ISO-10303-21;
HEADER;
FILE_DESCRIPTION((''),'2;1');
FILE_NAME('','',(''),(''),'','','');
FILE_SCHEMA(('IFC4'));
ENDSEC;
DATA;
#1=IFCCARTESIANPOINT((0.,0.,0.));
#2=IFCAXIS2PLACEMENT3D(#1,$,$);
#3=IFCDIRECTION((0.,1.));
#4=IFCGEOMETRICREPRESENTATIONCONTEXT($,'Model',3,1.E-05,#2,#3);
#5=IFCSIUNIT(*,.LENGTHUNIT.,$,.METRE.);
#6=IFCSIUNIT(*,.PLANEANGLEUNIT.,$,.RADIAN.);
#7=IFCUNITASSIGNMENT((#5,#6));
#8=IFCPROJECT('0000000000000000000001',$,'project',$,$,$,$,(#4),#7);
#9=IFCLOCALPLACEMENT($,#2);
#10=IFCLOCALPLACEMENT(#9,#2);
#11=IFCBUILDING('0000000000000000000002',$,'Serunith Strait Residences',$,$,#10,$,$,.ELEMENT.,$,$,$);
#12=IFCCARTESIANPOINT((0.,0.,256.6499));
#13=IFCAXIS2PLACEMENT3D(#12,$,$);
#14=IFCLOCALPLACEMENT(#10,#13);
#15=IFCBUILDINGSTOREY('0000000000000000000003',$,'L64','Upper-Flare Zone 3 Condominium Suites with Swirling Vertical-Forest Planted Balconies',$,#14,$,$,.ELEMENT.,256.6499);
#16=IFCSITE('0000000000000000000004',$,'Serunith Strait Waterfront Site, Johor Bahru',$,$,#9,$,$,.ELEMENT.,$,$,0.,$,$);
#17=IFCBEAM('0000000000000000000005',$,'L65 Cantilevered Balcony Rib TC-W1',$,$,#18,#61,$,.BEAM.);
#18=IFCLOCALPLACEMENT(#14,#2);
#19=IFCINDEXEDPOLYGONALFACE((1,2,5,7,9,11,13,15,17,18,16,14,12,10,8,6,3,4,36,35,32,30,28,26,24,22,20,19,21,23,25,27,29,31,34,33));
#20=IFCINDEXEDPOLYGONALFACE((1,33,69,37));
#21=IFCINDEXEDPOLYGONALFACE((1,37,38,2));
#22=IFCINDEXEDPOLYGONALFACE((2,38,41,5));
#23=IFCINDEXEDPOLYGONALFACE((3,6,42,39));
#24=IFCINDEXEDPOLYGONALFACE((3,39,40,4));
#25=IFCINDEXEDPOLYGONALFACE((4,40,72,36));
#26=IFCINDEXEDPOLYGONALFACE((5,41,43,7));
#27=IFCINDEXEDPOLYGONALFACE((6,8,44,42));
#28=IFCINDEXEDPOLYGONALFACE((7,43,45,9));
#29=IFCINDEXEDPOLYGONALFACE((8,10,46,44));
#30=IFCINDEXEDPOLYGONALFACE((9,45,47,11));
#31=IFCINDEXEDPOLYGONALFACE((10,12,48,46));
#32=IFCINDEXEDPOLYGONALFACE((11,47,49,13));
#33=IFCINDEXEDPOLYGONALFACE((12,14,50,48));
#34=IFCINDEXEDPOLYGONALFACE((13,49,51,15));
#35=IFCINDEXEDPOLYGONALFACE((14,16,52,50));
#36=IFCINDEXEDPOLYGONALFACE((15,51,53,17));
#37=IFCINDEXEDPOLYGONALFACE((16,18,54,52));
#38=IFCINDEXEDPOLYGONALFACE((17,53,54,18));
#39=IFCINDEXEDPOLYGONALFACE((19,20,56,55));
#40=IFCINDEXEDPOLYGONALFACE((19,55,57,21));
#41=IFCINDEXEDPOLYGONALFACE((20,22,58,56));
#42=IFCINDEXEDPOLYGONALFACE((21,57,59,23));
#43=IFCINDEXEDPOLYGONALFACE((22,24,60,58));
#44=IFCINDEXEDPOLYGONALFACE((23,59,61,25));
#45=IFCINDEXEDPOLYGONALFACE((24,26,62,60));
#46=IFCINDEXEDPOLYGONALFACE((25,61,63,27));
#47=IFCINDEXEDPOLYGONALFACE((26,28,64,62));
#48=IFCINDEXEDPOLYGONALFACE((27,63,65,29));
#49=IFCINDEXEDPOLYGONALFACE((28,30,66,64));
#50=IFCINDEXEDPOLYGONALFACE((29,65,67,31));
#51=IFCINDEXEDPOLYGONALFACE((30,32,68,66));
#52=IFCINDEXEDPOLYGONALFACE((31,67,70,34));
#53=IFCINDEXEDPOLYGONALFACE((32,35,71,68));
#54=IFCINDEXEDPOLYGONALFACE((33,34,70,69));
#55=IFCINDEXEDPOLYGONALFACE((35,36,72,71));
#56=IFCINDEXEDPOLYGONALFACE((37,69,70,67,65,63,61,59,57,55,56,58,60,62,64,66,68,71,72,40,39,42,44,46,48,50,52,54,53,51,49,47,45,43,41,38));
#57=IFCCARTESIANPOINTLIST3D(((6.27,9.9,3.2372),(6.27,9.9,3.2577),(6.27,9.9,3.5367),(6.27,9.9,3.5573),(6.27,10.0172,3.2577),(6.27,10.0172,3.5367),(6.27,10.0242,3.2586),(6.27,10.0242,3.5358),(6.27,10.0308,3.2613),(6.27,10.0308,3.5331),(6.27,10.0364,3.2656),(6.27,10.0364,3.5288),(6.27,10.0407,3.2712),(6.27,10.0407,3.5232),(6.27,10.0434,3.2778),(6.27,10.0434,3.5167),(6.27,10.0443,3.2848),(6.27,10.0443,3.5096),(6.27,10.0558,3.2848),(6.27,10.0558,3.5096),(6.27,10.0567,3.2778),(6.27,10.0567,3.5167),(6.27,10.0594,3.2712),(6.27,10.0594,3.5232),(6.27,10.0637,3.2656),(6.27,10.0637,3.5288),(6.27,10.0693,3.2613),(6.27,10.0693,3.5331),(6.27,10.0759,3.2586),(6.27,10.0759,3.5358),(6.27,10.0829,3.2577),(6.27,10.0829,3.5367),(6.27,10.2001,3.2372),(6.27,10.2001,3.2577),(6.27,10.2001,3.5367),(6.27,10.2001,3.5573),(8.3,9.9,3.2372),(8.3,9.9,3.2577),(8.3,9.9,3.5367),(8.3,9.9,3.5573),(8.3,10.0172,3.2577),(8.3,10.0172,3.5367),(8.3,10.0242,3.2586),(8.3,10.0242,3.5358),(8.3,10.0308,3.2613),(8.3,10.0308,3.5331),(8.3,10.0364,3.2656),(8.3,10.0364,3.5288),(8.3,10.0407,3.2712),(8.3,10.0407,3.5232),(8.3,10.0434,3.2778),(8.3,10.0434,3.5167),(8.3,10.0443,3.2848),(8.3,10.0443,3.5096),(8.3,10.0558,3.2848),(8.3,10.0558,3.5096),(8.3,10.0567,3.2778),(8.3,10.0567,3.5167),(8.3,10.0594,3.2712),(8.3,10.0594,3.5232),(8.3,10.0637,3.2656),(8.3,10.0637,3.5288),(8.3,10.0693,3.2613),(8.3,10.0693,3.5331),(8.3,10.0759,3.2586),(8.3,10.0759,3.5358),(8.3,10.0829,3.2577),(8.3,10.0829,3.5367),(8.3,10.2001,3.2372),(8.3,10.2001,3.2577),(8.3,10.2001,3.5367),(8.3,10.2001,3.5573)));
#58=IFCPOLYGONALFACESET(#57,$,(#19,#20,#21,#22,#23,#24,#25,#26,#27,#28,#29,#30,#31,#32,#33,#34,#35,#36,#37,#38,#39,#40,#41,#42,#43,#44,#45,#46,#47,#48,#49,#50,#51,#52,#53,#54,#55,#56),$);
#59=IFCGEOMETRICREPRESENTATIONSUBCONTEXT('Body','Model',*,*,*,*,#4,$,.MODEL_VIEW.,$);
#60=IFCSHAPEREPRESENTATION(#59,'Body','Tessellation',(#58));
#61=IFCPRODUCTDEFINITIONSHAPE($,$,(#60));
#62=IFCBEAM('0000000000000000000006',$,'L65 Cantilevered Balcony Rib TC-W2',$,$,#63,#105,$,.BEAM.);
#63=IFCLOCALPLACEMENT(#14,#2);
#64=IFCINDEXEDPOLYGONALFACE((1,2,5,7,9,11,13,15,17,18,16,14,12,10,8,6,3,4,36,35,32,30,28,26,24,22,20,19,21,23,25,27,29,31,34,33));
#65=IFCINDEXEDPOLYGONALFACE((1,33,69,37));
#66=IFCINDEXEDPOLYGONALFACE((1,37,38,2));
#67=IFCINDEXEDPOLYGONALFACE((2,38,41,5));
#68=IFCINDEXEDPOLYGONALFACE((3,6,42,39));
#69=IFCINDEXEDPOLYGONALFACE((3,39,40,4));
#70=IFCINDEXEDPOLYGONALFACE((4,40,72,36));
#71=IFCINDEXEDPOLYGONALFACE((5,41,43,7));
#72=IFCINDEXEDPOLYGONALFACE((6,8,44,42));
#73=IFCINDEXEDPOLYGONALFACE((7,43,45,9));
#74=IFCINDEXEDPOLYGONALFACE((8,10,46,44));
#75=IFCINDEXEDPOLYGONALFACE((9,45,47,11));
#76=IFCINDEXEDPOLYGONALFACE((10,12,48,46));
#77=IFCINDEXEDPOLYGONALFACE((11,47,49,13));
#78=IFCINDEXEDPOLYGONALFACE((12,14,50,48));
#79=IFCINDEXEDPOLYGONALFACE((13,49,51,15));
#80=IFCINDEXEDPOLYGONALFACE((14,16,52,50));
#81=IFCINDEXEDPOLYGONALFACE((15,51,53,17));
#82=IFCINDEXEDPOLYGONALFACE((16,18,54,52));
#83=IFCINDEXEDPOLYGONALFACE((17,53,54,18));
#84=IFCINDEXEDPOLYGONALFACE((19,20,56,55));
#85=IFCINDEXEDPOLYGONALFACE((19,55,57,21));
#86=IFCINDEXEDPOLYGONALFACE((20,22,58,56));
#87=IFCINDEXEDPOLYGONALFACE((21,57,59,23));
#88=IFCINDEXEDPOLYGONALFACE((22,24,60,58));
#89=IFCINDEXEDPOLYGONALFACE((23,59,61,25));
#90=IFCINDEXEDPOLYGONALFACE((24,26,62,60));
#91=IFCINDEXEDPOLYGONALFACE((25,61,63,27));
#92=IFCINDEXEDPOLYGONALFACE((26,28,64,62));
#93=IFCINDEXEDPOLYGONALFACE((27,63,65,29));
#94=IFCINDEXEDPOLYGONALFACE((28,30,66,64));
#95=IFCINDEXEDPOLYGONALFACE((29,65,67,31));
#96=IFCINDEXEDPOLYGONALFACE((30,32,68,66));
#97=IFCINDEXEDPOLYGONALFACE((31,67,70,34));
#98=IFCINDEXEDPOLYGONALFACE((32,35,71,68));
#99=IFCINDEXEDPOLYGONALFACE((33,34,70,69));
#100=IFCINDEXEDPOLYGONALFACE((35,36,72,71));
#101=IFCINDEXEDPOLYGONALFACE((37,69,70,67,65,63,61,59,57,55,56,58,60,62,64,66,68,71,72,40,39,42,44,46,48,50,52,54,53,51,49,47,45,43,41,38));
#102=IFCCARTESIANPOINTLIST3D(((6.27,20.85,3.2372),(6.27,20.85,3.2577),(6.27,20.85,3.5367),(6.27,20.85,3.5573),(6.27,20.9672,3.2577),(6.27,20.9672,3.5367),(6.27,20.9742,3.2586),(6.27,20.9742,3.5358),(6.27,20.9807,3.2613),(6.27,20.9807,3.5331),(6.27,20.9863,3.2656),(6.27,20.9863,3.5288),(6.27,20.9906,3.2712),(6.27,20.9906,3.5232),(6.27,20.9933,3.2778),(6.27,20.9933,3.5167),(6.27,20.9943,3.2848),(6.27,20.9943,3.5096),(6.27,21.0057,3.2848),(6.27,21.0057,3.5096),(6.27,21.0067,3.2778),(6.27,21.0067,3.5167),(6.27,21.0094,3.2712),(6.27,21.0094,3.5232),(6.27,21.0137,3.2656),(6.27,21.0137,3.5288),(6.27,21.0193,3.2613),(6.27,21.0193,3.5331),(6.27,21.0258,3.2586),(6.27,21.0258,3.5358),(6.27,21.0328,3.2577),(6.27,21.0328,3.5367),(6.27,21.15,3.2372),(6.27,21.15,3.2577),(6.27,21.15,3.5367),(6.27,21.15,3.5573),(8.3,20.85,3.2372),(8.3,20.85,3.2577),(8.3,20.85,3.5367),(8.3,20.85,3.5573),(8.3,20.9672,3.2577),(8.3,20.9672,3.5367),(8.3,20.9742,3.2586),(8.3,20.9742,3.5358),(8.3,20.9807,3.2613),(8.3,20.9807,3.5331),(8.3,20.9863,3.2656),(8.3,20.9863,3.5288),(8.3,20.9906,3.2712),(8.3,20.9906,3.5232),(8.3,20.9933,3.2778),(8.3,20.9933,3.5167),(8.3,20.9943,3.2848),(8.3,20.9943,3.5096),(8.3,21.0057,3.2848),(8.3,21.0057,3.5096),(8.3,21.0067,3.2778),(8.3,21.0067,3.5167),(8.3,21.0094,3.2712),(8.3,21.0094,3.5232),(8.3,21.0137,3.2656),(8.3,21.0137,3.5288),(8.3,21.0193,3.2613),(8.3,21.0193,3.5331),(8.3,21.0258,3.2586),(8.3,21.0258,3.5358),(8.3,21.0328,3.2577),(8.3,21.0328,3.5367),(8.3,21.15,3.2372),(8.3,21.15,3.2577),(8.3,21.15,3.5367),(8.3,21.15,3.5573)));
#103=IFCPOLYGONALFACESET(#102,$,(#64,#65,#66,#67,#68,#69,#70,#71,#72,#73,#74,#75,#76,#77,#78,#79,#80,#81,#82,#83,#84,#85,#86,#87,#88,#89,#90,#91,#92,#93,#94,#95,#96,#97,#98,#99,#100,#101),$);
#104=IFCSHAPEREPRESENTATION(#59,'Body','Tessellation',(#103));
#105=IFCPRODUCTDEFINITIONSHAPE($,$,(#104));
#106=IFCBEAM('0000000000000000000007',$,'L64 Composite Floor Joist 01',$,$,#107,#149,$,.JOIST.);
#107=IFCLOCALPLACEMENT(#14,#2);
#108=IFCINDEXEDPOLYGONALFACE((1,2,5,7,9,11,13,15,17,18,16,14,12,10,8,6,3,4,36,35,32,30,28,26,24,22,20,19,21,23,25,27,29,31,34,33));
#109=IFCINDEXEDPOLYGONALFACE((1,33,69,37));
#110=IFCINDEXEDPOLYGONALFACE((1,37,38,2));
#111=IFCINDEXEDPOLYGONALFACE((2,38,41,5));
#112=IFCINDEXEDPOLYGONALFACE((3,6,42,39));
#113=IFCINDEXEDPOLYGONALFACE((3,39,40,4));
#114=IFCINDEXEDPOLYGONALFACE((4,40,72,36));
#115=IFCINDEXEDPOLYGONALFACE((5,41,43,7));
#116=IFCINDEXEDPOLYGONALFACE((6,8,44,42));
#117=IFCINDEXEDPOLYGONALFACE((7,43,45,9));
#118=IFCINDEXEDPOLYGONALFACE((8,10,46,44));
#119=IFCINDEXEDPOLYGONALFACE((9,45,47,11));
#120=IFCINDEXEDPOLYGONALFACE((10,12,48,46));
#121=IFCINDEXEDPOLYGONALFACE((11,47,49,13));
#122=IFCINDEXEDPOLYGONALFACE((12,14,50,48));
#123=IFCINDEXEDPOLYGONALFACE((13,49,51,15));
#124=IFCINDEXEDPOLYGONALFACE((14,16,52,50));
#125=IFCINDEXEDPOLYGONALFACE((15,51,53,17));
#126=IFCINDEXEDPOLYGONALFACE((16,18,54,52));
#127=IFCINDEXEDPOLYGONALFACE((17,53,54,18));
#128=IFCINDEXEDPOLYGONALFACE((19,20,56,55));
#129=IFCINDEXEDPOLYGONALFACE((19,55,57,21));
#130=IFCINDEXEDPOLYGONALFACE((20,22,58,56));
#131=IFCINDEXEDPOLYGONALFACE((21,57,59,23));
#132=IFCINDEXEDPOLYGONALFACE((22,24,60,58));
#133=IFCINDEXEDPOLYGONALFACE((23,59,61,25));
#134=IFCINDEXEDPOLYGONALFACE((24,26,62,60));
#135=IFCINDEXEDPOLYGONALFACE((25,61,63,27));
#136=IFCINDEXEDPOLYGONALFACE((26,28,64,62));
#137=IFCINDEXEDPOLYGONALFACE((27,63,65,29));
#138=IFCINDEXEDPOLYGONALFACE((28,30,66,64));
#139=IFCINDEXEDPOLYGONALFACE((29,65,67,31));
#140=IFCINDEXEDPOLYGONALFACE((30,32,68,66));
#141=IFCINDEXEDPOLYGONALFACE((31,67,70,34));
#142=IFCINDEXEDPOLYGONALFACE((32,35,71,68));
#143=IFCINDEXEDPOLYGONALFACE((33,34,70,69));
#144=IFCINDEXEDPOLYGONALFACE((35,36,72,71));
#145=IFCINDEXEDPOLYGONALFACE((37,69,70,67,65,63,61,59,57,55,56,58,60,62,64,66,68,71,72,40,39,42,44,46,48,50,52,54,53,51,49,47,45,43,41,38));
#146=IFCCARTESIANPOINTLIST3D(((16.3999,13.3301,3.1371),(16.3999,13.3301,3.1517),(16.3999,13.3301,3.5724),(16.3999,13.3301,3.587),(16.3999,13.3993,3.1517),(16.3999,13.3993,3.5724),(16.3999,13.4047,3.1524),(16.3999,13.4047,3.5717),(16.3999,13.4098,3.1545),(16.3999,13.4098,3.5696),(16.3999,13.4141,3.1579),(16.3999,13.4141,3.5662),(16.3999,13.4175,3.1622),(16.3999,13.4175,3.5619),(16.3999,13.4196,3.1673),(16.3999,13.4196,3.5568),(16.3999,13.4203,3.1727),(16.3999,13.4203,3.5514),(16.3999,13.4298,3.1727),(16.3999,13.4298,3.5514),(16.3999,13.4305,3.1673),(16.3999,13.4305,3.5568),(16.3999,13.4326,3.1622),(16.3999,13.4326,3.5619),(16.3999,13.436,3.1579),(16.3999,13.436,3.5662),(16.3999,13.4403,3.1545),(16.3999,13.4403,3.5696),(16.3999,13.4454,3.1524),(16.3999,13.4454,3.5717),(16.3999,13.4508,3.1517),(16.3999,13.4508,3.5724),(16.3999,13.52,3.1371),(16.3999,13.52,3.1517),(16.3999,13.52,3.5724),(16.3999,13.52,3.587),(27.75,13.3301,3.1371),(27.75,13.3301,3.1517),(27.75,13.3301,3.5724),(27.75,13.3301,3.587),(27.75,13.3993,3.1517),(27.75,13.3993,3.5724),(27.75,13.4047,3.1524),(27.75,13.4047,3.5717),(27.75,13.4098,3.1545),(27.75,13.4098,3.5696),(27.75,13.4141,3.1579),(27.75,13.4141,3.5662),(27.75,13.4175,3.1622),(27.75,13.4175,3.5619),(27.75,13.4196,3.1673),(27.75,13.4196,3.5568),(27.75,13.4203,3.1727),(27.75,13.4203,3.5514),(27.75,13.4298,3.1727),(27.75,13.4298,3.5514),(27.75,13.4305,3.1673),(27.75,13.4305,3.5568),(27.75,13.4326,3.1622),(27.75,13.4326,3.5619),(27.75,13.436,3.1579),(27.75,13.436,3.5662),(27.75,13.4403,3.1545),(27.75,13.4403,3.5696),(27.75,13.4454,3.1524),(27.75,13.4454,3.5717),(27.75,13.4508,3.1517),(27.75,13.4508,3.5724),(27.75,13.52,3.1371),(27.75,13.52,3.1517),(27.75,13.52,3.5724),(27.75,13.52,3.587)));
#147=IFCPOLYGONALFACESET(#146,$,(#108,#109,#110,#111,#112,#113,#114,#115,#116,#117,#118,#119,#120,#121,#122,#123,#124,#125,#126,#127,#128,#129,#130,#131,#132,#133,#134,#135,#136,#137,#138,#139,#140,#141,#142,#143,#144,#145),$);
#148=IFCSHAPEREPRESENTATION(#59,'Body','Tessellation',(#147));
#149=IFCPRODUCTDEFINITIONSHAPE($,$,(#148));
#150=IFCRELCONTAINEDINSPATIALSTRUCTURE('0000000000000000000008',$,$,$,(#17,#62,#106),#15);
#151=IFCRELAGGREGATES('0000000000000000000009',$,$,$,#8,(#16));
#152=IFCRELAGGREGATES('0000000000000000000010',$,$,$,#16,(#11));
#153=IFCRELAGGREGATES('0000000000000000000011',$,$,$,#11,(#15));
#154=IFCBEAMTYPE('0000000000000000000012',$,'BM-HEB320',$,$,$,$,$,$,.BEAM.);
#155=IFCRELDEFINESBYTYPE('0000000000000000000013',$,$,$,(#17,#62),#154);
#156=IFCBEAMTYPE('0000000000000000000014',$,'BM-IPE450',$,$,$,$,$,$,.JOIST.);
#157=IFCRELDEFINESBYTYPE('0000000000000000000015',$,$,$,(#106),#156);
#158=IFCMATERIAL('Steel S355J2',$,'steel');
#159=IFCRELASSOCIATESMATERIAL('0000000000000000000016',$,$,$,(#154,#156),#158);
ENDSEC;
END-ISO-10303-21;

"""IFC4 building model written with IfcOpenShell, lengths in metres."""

from ifc_helpers import new_model, si_unit, direction, frame, origin, origin_2d, place, context, subcontext, project, spatial, i_section, extrude, source, transform, mapped, material, material_profile, profile_set, type_object, element, save


model = new_model("IFC4")

# Units and contexts
model_context = context("Model", 3, precision=1e-05, world=origin(), true_north=direction((0.0, 1.0)))
body_context = subcontext(model_context, "Body", "Model", "MODEL_VIEW")
ifc_project = project(units=[si_unit("LENGTHUNIT", "METRE"), si_unit("PLANEANGLEUNIT", "RADIAN")], contexts=[model_context])

# Site, building, storey
site_placement = place(None, origin())
site = spatial("IfcSite", under=ifc_project, at=site_placement, Name="Serunith Strait Waterfront Site, Johor Bahru", CompositionType="ELEMENT", RefElevation=0.0)
building_placement = place(site_placement, origin())
building = spatial("IfcBuilding", under=site, at=building_placement, Name="Serunith Strait Residences", CompositionType="ELEMENT")
storey_placement = place(building_placement, frame((0.0, 0.0, 256.6499)))
storey = spatial("IfcBuildingStorey", under=building, at=storey_placement, Name="L64", Description="Upper-Flare Zone 3 Condominium Suites with Swirling Vertical-Forest Planted Balconies", CompositionType="ELEMENT", Elevation=256.6499)

# Beams
ifc_material_1 = material(Name="Steel S355J2", Category="steel")
ifc_material_profile_1 = material_profile(ifc_material_1, i_section(OverallWidth=0.3, OverallDepth=0.3201, WebThickness=0.0115, FlangeThickness=0.0205, FilletRadius=0.0271, at=origin_2d()), Name="HEB 320")
ifc_profile_set_1 = profile_set([ifc_material_profile_1], Name="Steel S355J2")
beam_type_1 = type_object("IfcBeamType", Name="BM-HEB320", PredefinedType="BEAM", material=ifc_profile_set_1)
shared_shape_1 = source(origin(), body_context, "Body", "SweptSolid", [
    extrude(i_section(OverallWidth=0.3, OverallDepth=0.3201, WebThickness=0.0115, FlangeThickness=0.0205, FilletRadius=0.0271, at=origin_2d()), origin(), (0.0, 0.0, 1.0), 2.03),
])
for number, where, z_axis, x_axis, name in (
    (1, (8.3, 10.05, 3.3972), (-1.0, 0.0, 0.0), (0.0, -1.0, 0.0), "L65 Cantilevered Balcony Rib TC-W1"),
    (2, (8.3, 21.0, 3.3972), (-1.0, 0.0, 0.0), (0.0, -1.0, 0.0), "L65 Cantilevered Balcony Rib TC-W2"),
):
    element("IfcBeam", number, at=place(storey_placement, frame(where, z_axis=z_axis, x_axis=x_axis)), inside=storey, type_object=beam_type_1, Name=name, PredefinedType="BEAM", context=body_context, shape_type="MappedRepresentation", body=[
        mapped(shared_shape_1, transform((0.0, 0.0, 0.0), scale=1.0)),
    ])
ifc_material_profile_2 = material_profile(ifc_material_1, i_section(OverallWidth=0.1899, OverallDepth=0.45, WebThickness=0.0095, FlangeThickness=0.0146, FilletRadius=0.021, at=origin_2d()), Name="IPE 450")
ifc_profile_set_2 = profile_set([ifc_material_profile_2], Name="Steel S355J2")
beam_type_2 = type_object("IfcBeamType", Name="BM-IPE450", PredefinedType="JOIST", material=ifc_profile_set_2)
shared_shape_2 = source(origin(), body_context, "Body", "SweptSolid", [
    extrude(i_section(OverallWidth=0.1899, OverallDepth=0.45, WebThickness=0.0095, FlangeThickness=0.0146, FilletRadius=0.021, at=origin_2d()), origin(), (0.0, 0.0, 1.0), 11.3501),
])
beam_1_placement = place(storey_placement, frame((16.3999, 13.425, 3.3621), z_axis=(1.0, 0.0, 0.0), x_axis=(0.0, 1.0, 0.0)))
element("IfcBeam", 3, at=beam_1_placement, inside=storey, type_object=beam_type_2, Name="L64 Composite Floor Joist 01", PredefinedType="JOIST", context=body_context, shape_type="MappedRepresentation", body=[
    mapped(shared_shape_2, transform((0.0, 0.0, 0.0), scale=1.0)),
])

save(model, "model.ifc")
